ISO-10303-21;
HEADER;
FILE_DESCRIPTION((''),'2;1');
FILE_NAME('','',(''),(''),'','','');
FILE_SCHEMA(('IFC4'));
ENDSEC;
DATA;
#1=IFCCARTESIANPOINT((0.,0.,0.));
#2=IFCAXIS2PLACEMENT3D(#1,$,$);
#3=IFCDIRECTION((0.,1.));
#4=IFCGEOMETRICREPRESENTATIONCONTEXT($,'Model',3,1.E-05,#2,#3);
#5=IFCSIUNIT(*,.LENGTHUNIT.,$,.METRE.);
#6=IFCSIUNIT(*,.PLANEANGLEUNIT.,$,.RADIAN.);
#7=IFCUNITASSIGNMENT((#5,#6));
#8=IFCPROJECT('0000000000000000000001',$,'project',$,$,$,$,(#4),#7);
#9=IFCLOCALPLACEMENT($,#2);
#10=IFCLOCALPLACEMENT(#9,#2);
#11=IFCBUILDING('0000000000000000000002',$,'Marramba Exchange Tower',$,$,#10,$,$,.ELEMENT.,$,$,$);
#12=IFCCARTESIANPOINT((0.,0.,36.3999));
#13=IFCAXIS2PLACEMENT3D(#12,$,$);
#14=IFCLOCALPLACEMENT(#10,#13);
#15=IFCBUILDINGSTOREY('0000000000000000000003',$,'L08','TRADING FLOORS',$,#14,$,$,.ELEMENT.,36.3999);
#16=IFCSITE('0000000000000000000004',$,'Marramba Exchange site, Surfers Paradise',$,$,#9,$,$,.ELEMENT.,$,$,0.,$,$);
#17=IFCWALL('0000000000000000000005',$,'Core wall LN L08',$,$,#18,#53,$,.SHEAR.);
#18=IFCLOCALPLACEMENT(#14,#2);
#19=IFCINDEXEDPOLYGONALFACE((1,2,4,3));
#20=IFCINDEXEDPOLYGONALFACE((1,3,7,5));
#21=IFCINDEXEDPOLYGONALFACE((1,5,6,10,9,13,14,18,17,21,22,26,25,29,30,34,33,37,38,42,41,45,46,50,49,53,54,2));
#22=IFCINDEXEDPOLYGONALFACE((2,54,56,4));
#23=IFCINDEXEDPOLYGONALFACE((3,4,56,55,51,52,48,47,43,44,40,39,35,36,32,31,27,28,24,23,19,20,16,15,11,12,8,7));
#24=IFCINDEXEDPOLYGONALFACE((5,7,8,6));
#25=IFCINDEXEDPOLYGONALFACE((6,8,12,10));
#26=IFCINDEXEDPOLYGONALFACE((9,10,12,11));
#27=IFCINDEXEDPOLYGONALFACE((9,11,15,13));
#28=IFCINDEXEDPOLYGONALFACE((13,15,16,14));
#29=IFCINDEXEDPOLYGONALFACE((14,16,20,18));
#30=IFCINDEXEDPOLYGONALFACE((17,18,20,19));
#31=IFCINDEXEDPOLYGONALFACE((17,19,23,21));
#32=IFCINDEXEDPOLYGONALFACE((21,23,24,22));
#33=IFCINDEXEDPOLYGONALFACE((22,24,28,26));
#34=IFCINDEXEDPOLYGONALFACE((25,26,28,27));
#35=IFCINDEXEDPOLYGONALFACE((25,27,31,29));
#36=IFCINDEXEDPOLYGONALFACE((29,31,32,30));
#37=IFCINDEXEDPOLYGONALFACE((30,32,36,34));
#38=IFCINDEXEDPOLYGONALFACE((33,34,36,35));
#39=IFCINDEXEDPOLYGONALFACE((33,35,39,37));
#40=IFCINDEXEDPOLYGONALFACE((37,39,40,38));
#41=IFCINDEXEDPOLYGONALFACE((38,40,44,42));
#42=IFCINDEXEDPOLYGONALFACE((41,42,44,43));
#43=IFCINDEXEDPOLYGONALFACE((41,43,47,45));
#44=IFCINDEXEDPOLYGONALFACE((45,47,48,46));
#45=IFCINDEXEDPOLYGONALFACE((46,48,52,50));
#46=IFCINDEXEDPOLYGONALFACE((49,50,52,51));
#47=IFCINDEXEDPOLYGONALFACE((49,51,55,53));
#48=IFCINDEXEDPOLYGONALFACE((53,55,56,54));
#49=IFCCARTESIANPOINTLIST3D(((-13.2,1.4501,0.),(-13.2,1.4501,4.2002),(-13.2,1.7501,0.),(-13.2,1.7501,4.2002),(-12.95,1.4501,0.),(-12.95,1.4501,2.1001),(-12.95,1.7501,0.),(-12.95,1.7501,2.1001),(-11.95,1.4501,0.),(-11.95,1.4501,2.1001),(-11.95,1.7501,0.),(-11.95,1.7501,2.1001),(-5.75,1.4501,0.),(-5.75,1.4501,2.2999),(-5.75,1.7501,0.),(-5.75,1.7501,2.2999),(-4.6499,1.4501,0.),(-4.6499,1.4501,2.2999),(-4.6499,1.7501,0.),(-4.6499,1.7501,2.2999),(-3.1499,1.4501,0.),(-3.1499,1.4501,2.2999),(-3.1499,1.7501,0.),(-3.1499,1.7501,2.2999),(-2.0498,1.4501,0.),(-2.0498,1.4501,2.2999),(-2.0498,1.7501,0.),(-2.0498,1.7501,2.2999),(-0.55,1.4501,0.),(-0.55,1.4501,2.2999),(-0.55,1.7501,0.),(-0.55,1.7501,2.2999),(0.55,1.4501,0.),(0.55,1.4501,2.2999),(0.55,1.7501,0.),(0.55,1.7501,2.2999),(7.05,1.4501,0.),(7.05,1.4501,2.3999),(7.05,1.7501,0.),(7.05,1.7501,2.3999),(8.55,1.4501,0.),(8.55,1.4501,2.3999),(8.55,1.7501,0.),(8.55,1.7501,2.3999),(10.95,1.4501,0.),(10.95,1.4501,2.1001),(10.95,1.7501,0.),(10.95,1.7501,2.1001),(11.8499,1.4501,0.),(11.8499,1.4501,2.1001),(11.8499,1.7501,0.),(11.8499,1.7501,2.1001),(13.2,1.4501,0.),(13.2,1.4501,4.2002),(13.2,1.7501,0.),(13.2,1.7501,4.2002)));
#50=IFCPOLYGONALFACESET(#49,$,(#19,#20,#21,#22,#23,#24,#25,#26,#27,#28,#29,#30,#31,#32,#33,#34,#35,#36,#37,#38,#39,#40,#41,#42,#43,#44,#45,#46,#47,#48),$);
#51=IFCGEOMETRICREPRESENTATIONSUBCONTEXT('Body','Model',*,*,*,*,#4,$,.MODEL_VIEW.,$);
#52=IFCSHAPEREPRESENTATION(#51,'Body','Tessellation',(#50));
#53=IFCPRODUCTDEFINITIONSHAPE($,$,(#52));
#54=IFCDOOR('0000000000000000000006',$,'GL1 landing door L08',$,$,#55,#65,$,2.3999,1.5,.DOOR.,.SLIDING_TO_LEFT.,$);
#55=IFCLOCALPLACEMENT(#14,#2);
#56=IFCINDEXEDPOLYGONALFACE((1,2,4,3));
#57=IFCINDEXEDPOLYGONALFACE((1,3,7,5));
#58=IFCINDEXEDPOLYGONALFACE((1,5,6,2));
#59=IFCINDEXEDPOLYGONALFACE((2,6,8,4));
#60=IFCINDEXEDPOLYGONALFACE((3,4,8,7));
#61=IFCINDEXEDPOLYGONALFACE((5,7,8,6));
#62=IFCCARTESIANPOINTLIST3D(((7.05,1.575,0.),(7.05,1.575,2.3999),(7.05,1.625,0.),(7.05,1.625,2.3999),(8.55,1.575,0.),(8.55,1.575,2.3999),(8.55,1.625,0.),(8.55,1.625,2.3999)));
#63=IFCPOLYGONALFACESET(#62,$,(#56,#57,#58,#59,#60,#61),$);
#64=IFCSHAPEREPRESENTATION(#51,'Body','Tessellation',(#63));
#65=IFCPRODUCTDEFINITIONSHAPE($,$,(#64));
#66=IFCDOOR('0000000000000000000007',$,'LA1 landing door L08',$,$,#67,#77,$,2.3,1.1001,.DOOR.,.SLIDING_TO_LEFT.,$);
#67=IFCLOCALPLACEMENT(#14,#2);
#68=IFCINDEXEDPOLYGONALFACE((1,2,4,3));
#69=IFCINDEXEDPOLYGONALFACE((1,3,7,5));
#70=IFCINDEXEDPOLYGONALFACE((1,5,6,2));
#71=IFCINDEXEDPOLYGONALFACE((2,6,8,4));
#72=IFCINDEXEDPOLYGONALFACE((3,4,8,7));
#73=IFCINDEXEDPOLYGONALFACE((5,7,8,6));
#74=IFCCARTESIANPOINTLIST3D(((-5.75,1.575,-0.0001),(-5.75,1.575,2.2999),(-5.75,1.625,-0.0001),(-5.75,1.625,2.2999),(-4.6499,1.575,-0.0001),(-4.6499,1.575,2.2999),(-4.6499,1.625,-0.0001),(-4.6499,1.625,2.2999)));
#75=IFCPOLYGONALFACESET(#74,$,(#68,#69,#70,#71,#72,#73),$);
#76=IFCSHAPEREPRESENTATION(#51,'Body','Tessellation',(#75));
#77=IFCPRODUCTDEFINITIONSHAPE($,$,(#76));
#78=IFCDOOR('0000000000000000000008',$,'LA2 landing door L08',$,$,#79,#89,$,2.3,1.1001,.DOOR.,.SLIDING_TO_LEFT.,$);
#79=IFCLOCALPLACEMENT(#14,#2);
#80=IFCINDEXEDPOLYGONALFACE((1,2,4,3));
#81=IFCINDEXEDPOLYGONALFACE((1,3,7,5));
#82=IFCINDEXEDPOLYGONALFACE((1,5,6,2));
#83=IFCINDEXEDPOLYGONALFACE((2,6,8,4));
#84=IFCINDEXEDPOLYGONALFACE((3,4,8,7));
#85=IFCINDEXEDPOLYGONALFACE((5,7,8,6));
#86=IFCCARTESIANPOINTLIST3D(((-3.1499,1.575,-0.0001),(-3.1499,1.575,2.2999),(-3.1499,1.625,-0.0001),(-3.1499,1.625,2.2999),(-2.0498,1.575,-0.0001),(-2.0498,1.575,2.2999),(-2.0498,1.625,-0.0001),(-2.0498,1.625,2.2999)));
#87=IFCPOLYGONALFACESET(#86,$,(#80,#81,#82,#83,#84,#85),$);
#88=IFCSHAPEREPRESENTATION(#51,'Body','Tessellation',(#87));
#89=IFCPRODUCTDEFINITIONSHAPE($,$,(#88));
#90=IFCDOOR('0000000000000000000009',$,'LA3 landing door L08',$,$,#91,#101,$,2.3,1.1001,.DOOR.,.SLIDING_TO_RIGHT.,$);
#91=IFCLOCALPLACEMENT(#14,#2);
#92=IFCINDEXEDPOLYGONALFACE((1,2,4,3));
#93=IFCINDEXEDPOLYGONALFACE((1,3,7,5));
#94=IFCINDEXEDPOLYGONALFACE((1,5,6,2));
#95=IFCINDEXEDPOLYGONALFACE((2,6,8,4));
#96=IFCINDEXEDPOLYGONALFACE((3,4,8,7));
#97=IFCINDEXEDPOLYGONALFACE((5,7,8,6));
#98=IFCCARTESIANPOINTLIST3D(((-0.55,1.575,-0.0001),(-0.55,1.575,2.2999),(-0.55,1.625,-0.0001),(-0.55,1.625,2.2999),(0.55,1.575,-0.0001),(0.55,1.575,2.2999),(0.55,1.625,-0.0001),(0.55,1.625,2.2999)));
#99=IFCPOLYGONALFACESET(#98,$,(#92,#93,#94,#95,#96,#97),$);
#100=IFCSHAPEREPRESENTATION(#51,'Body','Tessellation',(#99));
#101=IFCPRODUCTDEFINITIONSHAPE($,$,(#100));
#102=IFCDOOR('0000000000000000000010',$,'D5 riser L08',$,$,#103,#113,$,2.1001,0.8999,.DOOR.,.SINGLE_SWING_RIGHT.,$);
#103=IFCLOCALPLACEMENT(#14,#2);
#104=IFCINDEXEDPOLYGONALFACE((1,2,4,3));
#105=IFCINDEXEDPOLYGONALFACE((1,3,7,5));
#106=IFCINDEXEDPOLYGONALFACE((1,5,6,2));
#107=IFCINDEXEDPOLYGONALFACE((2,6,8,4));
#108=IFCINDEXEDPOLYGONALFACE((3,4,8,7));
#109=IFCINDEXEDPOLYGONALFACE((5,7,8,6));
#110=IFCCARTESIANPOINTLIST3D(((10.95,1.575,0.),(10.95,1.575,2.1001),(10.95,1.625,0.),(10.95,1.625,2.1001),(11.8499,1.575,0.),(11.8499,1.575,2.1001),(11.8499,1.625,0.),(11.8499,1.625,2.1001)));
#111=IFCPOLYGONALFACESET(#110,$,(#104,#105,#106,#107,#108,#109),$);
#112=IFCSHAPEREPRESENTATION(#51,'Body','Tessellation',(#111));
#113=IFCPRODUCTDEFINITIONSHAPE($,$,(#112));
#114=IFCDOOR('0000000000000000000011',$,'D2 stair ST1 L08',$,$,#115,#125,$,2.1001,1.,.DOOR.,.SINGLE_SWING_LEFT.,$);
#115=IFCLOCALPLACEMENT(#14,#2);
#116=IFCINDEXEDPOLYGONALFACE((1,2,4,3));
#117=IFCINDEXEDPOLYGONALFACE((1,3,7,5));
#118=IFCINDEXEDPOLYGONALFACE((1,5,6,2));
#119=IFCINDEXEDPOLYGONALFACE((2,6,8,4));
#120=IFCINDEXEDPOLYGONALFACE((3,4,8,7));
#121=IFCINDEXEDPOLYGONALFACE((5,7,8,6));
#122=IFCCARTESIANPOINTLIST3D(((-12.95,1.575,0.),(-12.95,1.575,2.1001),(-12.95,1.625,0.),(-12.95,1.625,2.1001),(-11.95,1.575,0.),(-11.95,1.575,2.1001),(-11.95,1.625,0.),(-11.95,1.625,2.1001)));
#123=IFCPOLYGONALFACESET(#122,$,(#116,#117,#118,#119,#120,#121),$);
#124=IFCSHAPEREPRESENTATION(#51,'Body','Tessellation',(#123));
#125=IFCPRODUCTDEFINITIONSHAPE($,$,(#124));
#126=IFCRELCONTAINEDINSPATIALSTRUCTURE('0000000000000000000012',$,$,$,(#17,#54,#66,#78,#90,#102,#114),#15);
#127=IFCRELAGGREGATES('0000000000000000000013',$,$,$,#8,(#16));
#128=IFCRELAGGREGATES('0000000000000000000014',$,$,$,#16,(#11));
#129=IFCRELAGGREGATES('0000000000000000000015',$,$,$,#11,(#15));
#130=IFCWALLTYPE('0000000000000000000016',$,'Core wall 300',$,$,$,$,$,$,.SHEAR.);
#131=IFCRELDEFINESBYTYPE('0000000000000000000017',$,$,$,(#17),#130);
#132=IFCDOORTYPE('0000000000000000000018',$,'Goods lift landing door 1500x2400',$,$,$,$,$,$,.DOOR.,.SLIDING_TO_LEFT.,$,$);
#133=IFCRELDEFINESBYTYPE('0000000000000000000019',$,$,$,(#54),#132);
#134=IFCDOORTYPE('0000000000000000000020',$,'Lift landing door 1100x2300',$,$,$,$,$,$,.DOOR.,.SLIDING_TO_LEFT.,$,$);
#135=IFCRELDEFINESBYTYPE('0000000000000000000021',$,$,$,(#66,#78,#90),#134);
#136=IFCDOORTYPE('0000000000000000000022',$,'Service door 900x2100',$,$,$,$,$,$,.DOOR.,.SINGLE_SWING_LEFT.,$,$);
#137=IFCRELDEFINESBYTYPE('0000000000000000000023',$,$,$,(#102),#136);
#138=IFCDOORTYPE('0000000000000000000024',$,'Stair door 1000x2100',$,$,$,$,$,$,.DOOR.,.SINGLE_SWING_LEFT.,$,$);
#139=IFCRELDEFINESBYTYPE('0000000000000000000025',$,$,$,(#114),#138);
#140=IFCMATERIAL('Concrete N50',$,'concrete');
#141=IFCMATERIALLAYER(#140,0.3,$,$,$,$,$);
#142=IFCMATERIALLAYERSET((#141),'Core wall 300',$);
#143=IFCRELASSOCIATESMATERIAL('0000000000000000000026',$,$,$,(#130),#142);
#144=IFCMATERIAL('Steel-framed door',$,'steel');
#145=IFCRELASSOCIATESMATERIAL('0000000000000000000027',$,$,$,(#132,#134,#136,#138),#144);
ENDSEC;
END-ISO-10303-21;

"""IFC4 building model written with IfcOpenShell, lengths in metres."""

from ifc_helpers import new_model, si_unit, direction, frame, frame_2d, origin, place, context, subcontext, project, spatial, rectangle, extrude, material, layer, layer_set, type_object, element, fill, save


model = new_model("IFC4")

# Units and contexts
model_context = context("Model", 3, precision=1e-05, world=origin(), true_north=direction((0.0, 1.0)))
body_context = subcontext(model_context, "Body", "Model", "MODEL_VIEW")
ifc_project = project(units=[si_unit("LENGTHUNIT", "METRE"), si_unit("PLANEANGLEUNIT", "RADIAN")], contexts=[model_context])

# Site, building, storey
site_placement = place(None, origin())
site = spatial("IfcSite", under=ifc_project, at=site_placement, Name="Marramba Exchange site, Surfers Paradise", CompositionType="ELEMENT", RefElevation=0.0)
building_placement = place(site_placement, origin())
building = spatial("IfcBuilding", under=site, at=building_placement, Name="Marramba Exchange Tower", CompositionType="ELEMENT")
storey_placement = place(building_placement, frame((0.0, 0.0, 36.3999)))
storey = spatial("IfcBuildingStorey", under=building, at=storey_placement, Name="L08", Description="TRADING FLOORS", CompositionType="ELEMENT", Elevation=36.3999)

# Shared definitions
ifc_material_1 = material(Name="Concrete N50", Category="concrete")

# Wall, openings, doors
ifc_layer_1 = layer(ifc_material_1, 0.3)
ifc_layer_set_1 = layer_set([ifc_layer_1], Name="Core wall 300")
wall_type_1 = type_object("IfcWallType", Name="Core wall 300", PredefinedType="SHEAR", material=ifc_layer_set_1)
wall_1_placement = place(storey_placement, frame((-13.2, 1.6001, 0.0), z_axis=(0.0, 0.0, 1.0), x_axis=(1.0, 0.0, 0.0)))
wall_1 = element("IfcWall", 1, at=wall_1_placement, inside=storey, type_object=wall_type_1, Name="Core wall LN L08", PredefinedType="SHEAR", context=body_context, shape_type="SweptSolid", body=[
    extrude(rectangle(XDim=26.3999, YDim=0.3, at=frame_2d((13.2, 0.0))), origin(), (0.0, 0.0, 1.0), 4.2002),
])
opening_1_placement = place(wall_1_placement, frame((0.25, 0.0, 0.0)))
opening_1 = element("IfcOpeningElement", 2, at=opening_1_placement, cuts=wall_1, PredefinedType="OPENING", context=body_context, shape_type="SweptSolid", body=[
    extrude(rectangle(XDim=1.0, YDim=2.1001, at=frame_2d((0.5, 1.05))), frame((0.0, 0.1599, 0.0), z_axis=(0.0, -1.0, 0.0), x_axis=(1.0, 0.0, 0.0)), (0.0, 0.0, 1.0), 0.3201),
])
opening_2_placement = place(wall_1_placement, frame((20.25, 0.0, 0.0)))
opening_2 = element("IfcOpeningElement", 3, at=opening_2_placement, cuts=wall_1, PredefinedType="OPENING", context=body_context, shape_type="SweptSolid", body=[
    extrude(rectangle(XDim=1.5, YDim=2.3999, at=frame_2d((0.75, 1.2))), frame((0.0, 0.1599, 0.0), z_axis=(0.0, -1.0, 0.0), x_axis=(1.0, 0.0, 0.0)), (0.0, 0.0, 1.0), 0.3201),
])
opening_3_placement = place(wall_1_placement, frame((7.45, 0.0, 0.0)))
opening_3 = element("IfcOpeningElement", 4, at=opening_3_placement, cuts=wall_1, PredefinedType="OPENING", context=body_context, shape_type="SweptSolid", body=[
    extrude(rectangle(XDim=1.1001, YDim=2.3, at=frame_2d((0.55, 1.1499))), frame((0.0, 0.1599, 0.0), z_axis=(0.0, -1.0, 0.0), x_axis=(1.0, 0.0, 0.0)), (0.0, 0.0, 1.0), 0.3201),
])
opening_4_placement = place(wall_1_placement, frame((10.05, 0.0, 0.0)))
opening_4 = element("IfcOpeningElement", 5, at=opening_4_placement, cuts=wall_1, PredefinedType="OPENING", context=body_context, shape_type="SweptSolid", body=[
    extrude(rectangle(XDim=1.1001, YDim=2.3, at=frame_2d((0.55, 1.1499))), frame((0.0, 0.1599, 0.0), z_axis=(0.0, -1.0, 0.0), x_axis=(1.0, 0.0, 0.0)), (0.0, 0.0, 1.0), 0.3201),
])
opening_5_placement = place(wall_1_placement, frame((12.6499, 0.0, 0.0)))
opening_5 = element("IfcOpeningElement", 6, at=opening_5_placement, cuts=wall_1, PredefinedType="OPENING", context=body_context, shape_type="SweptSolid", body=[
    extrude(rectangle(XDim=1.1001, YDim=2.3, at=frame_2d((0.55, 1.1499))), frame((0.0, 0.1599, 0.0), z_axis=(0.0, -1.0, 0.0), x_axis=(1.0, 0.0, 0.0)), (0.0, 0.0, 1.0), 0.3201),
])
opening_6_placement = place(wall_1_placement, frame((24.1499, 0.0, 0.0)))
opening_6 = element("IfcOpeningElement", 7, at=opening_6_placement, cuts=wall_1, PredefinedType="OPENING", context=body_context, shape_type="SweptSolid", body=[
    extrude(rectangle(XDim=0.8999, YDim=2.1001, at=frame_2d((0.45, 1.05))), frame((0.0, 0.1599, 0.0), z_axis=(0.0, -1.0, 0.0), x_axis=(1.0, 0.0, 0.0)), (0.0, 0.0, 1.0), 0.3201),
])
ifc_material_2 = material(Name="Steel-framed door", Category="steel")
door_type_1 = type_object("IfcDoorType", Name="Goods lift landing door 1500x2400", OperationType="SLIDING_TO_LEFT", PredefinedType="DOOR", material=ifc_material_2)
door_1_placement = place(opening_2_placement, origin())
door_1 = element("IfcDoor", 8, at=door_1_placement, inside=storey, type_object=door_type_1, Name="GL1 landing door L08", OperationType="SLIDING_TO_LEFT", OverallHeight=2.3999, OverallWidth=1.5, PredefinedType="DOOR", context=body_context, shape_type="SweptSolid", body=[
    extrude(rectangle(XDim=1.5, YDim=2.3999, at=frame_2d((0.75, 1.2))), frame((0.0, 0.0249, 0.0), z_axis=(0.0, -1.0, 0.0), x_axis=(1.0, 0.0, 0.0)), (0.0, 0.0, 1.0), 0.05),
])
fill(opening_2, door_1)
door_type_2 = type_object("IfcDoorType", Name="Lift landing door 1100x2300", OperationType="SLIDING_TO_LEFT", PredefinedType="DOOR", material=ifc_material_2)
door_2_placement = place(opening_3_placement, origin())
door_2 = element("IfcDoor", 9, at=door_2_placement, inside=storey, type_object=door_type_2, Name="LA1 landing door L08", OperationType="SLIDING_TO_LEFT", OverallHeight=2.3, OverallWidth=1.1001, PredefinedType="DOOR", context=body_context, shape_type="SweptSolid", body=[
    extrude(rectangle(XDim=1.1001, YDim=2.3, at=frame_2d((0.55, 1.1499))), frame((0.0, 0.0249, 0.0), z_axis=(0.0, -1.0, 0.0), x_axis=(1.0, 0.0, 0.0)), (0.0, 0.0, 1.0), 0.05),
])
fill(opening_3, door_2)
door_3_placement = place(opening_4_placement, origin())
door_3 = element("IfcDoor", 10, at=door_3_placement, inside=storey, type_object=door_type_2, Name="LA2 landing door L08", OperationType="SLIDING_TO_LEFT", OverallHeight=2.3, OverallWidth=1.1001, PredefinedType="DOOR", context=body_context, shape_type="SweptSolid", body=[
    extrude(rectangle(XDim=1.1001, YDim=2.3, at=frame_2d((0.55, 1.1499))), frame((0.0, 0.0249, 0.0), z_axis=(0.0, -1.0, 0.0), x_axis=(1.0, 0.0, 0.0)), (0.0, 0.0, 1.0), 0.05),
])
fill(opening_4, door_3)
door_4_placement = place(opening_5_placement, origin())
door_4 = element("IfcDoor", 11, at=door_4_placement, inside=storey, type_object=door_type_2, Name="LA3 landing door L08", OperationType="SLIDING_TO_RIGHT", OverallHeight=2.3, OverallWidth=1.1001, PredefinedType="DOOR", context=body_context, shape_type="SweptSolid", body=[
    extrude(rectangle(XDim=1.1001, YDim=2.3, at=frame_2d((0.55, 1.1499))), frame((0.0, 0.0249, 0.0), z_axis=(0.0, -1.0, 0.0), x_axis=(1.0, 0.0, 0.0)), (0.0, 0.0, 1.0), 0.05),
])
fill(opening_5, door_4)
door_type_3 = type_object("IfcDoorType", Name="Service door 900x2100", OperationType="SINGLE_SWING_LEFT", PredefinedType="DOOR", material=ifc_material_2)
door_5_placement = place(opening_6_placement, origin())
door_5 = element("IfcDoor", 12, at=door_5_placement, inside=storey, type_object=door_type_3, Name="D5 riser L08", OperationType="SINGLE_SWING_RIGHT", OverallHeight=2.1001, OverallWidth=0.8999, PredefinedType="DOOR", context=body_context, shape_type="SweptSolid", body=[
    extrude(rectangle(XDim=0.8999, YDim=2.1001, at=frame_2d((0.45, 1.05))), frame((0.0, 0.0249, 0.0), z_axis=(0.0, -1.0, 0.0), x_axis=(1.0, 0.0, 0.0)), (0.0, 0.0, 1.0), 0.05),
])
fill(opening_6, door_5)
door_type_4 = type_object("IfcDoorType", Name="Stair door 1000x2100", OperationType="SINGLE_SWING_LEFT", PredefinedType="DOOR", material=ifc_material_2)
door_6_placement = place(opening_1_placement, origin())
door_6 = element("IfcDoor", 13, at=door_6_placement, inside=storey, type_object=door_type_4, Name="D2 stair ST1 L08", OperationType="SINGLE_SWING_LEFT", OverallHeight=2.1001, OverallWidth=1.0, PredefinedType="DOOR", context=body_context, shape_type="SweptSolid", body=[
    extrude(rectangle(XDim=1.0, YDim=2.1001, at=frame_2d((0.5, 1.05))), frame((0.0, 0.0249, 0.0), z_axis=(0.0, -1.0, 0.0), x_axis=(1.0, 0.0, 0.0)), (0.0, 0.0, 1.0), 0.05),
])
fill(opening_1, door_6)

save(model, "model.ifc")
